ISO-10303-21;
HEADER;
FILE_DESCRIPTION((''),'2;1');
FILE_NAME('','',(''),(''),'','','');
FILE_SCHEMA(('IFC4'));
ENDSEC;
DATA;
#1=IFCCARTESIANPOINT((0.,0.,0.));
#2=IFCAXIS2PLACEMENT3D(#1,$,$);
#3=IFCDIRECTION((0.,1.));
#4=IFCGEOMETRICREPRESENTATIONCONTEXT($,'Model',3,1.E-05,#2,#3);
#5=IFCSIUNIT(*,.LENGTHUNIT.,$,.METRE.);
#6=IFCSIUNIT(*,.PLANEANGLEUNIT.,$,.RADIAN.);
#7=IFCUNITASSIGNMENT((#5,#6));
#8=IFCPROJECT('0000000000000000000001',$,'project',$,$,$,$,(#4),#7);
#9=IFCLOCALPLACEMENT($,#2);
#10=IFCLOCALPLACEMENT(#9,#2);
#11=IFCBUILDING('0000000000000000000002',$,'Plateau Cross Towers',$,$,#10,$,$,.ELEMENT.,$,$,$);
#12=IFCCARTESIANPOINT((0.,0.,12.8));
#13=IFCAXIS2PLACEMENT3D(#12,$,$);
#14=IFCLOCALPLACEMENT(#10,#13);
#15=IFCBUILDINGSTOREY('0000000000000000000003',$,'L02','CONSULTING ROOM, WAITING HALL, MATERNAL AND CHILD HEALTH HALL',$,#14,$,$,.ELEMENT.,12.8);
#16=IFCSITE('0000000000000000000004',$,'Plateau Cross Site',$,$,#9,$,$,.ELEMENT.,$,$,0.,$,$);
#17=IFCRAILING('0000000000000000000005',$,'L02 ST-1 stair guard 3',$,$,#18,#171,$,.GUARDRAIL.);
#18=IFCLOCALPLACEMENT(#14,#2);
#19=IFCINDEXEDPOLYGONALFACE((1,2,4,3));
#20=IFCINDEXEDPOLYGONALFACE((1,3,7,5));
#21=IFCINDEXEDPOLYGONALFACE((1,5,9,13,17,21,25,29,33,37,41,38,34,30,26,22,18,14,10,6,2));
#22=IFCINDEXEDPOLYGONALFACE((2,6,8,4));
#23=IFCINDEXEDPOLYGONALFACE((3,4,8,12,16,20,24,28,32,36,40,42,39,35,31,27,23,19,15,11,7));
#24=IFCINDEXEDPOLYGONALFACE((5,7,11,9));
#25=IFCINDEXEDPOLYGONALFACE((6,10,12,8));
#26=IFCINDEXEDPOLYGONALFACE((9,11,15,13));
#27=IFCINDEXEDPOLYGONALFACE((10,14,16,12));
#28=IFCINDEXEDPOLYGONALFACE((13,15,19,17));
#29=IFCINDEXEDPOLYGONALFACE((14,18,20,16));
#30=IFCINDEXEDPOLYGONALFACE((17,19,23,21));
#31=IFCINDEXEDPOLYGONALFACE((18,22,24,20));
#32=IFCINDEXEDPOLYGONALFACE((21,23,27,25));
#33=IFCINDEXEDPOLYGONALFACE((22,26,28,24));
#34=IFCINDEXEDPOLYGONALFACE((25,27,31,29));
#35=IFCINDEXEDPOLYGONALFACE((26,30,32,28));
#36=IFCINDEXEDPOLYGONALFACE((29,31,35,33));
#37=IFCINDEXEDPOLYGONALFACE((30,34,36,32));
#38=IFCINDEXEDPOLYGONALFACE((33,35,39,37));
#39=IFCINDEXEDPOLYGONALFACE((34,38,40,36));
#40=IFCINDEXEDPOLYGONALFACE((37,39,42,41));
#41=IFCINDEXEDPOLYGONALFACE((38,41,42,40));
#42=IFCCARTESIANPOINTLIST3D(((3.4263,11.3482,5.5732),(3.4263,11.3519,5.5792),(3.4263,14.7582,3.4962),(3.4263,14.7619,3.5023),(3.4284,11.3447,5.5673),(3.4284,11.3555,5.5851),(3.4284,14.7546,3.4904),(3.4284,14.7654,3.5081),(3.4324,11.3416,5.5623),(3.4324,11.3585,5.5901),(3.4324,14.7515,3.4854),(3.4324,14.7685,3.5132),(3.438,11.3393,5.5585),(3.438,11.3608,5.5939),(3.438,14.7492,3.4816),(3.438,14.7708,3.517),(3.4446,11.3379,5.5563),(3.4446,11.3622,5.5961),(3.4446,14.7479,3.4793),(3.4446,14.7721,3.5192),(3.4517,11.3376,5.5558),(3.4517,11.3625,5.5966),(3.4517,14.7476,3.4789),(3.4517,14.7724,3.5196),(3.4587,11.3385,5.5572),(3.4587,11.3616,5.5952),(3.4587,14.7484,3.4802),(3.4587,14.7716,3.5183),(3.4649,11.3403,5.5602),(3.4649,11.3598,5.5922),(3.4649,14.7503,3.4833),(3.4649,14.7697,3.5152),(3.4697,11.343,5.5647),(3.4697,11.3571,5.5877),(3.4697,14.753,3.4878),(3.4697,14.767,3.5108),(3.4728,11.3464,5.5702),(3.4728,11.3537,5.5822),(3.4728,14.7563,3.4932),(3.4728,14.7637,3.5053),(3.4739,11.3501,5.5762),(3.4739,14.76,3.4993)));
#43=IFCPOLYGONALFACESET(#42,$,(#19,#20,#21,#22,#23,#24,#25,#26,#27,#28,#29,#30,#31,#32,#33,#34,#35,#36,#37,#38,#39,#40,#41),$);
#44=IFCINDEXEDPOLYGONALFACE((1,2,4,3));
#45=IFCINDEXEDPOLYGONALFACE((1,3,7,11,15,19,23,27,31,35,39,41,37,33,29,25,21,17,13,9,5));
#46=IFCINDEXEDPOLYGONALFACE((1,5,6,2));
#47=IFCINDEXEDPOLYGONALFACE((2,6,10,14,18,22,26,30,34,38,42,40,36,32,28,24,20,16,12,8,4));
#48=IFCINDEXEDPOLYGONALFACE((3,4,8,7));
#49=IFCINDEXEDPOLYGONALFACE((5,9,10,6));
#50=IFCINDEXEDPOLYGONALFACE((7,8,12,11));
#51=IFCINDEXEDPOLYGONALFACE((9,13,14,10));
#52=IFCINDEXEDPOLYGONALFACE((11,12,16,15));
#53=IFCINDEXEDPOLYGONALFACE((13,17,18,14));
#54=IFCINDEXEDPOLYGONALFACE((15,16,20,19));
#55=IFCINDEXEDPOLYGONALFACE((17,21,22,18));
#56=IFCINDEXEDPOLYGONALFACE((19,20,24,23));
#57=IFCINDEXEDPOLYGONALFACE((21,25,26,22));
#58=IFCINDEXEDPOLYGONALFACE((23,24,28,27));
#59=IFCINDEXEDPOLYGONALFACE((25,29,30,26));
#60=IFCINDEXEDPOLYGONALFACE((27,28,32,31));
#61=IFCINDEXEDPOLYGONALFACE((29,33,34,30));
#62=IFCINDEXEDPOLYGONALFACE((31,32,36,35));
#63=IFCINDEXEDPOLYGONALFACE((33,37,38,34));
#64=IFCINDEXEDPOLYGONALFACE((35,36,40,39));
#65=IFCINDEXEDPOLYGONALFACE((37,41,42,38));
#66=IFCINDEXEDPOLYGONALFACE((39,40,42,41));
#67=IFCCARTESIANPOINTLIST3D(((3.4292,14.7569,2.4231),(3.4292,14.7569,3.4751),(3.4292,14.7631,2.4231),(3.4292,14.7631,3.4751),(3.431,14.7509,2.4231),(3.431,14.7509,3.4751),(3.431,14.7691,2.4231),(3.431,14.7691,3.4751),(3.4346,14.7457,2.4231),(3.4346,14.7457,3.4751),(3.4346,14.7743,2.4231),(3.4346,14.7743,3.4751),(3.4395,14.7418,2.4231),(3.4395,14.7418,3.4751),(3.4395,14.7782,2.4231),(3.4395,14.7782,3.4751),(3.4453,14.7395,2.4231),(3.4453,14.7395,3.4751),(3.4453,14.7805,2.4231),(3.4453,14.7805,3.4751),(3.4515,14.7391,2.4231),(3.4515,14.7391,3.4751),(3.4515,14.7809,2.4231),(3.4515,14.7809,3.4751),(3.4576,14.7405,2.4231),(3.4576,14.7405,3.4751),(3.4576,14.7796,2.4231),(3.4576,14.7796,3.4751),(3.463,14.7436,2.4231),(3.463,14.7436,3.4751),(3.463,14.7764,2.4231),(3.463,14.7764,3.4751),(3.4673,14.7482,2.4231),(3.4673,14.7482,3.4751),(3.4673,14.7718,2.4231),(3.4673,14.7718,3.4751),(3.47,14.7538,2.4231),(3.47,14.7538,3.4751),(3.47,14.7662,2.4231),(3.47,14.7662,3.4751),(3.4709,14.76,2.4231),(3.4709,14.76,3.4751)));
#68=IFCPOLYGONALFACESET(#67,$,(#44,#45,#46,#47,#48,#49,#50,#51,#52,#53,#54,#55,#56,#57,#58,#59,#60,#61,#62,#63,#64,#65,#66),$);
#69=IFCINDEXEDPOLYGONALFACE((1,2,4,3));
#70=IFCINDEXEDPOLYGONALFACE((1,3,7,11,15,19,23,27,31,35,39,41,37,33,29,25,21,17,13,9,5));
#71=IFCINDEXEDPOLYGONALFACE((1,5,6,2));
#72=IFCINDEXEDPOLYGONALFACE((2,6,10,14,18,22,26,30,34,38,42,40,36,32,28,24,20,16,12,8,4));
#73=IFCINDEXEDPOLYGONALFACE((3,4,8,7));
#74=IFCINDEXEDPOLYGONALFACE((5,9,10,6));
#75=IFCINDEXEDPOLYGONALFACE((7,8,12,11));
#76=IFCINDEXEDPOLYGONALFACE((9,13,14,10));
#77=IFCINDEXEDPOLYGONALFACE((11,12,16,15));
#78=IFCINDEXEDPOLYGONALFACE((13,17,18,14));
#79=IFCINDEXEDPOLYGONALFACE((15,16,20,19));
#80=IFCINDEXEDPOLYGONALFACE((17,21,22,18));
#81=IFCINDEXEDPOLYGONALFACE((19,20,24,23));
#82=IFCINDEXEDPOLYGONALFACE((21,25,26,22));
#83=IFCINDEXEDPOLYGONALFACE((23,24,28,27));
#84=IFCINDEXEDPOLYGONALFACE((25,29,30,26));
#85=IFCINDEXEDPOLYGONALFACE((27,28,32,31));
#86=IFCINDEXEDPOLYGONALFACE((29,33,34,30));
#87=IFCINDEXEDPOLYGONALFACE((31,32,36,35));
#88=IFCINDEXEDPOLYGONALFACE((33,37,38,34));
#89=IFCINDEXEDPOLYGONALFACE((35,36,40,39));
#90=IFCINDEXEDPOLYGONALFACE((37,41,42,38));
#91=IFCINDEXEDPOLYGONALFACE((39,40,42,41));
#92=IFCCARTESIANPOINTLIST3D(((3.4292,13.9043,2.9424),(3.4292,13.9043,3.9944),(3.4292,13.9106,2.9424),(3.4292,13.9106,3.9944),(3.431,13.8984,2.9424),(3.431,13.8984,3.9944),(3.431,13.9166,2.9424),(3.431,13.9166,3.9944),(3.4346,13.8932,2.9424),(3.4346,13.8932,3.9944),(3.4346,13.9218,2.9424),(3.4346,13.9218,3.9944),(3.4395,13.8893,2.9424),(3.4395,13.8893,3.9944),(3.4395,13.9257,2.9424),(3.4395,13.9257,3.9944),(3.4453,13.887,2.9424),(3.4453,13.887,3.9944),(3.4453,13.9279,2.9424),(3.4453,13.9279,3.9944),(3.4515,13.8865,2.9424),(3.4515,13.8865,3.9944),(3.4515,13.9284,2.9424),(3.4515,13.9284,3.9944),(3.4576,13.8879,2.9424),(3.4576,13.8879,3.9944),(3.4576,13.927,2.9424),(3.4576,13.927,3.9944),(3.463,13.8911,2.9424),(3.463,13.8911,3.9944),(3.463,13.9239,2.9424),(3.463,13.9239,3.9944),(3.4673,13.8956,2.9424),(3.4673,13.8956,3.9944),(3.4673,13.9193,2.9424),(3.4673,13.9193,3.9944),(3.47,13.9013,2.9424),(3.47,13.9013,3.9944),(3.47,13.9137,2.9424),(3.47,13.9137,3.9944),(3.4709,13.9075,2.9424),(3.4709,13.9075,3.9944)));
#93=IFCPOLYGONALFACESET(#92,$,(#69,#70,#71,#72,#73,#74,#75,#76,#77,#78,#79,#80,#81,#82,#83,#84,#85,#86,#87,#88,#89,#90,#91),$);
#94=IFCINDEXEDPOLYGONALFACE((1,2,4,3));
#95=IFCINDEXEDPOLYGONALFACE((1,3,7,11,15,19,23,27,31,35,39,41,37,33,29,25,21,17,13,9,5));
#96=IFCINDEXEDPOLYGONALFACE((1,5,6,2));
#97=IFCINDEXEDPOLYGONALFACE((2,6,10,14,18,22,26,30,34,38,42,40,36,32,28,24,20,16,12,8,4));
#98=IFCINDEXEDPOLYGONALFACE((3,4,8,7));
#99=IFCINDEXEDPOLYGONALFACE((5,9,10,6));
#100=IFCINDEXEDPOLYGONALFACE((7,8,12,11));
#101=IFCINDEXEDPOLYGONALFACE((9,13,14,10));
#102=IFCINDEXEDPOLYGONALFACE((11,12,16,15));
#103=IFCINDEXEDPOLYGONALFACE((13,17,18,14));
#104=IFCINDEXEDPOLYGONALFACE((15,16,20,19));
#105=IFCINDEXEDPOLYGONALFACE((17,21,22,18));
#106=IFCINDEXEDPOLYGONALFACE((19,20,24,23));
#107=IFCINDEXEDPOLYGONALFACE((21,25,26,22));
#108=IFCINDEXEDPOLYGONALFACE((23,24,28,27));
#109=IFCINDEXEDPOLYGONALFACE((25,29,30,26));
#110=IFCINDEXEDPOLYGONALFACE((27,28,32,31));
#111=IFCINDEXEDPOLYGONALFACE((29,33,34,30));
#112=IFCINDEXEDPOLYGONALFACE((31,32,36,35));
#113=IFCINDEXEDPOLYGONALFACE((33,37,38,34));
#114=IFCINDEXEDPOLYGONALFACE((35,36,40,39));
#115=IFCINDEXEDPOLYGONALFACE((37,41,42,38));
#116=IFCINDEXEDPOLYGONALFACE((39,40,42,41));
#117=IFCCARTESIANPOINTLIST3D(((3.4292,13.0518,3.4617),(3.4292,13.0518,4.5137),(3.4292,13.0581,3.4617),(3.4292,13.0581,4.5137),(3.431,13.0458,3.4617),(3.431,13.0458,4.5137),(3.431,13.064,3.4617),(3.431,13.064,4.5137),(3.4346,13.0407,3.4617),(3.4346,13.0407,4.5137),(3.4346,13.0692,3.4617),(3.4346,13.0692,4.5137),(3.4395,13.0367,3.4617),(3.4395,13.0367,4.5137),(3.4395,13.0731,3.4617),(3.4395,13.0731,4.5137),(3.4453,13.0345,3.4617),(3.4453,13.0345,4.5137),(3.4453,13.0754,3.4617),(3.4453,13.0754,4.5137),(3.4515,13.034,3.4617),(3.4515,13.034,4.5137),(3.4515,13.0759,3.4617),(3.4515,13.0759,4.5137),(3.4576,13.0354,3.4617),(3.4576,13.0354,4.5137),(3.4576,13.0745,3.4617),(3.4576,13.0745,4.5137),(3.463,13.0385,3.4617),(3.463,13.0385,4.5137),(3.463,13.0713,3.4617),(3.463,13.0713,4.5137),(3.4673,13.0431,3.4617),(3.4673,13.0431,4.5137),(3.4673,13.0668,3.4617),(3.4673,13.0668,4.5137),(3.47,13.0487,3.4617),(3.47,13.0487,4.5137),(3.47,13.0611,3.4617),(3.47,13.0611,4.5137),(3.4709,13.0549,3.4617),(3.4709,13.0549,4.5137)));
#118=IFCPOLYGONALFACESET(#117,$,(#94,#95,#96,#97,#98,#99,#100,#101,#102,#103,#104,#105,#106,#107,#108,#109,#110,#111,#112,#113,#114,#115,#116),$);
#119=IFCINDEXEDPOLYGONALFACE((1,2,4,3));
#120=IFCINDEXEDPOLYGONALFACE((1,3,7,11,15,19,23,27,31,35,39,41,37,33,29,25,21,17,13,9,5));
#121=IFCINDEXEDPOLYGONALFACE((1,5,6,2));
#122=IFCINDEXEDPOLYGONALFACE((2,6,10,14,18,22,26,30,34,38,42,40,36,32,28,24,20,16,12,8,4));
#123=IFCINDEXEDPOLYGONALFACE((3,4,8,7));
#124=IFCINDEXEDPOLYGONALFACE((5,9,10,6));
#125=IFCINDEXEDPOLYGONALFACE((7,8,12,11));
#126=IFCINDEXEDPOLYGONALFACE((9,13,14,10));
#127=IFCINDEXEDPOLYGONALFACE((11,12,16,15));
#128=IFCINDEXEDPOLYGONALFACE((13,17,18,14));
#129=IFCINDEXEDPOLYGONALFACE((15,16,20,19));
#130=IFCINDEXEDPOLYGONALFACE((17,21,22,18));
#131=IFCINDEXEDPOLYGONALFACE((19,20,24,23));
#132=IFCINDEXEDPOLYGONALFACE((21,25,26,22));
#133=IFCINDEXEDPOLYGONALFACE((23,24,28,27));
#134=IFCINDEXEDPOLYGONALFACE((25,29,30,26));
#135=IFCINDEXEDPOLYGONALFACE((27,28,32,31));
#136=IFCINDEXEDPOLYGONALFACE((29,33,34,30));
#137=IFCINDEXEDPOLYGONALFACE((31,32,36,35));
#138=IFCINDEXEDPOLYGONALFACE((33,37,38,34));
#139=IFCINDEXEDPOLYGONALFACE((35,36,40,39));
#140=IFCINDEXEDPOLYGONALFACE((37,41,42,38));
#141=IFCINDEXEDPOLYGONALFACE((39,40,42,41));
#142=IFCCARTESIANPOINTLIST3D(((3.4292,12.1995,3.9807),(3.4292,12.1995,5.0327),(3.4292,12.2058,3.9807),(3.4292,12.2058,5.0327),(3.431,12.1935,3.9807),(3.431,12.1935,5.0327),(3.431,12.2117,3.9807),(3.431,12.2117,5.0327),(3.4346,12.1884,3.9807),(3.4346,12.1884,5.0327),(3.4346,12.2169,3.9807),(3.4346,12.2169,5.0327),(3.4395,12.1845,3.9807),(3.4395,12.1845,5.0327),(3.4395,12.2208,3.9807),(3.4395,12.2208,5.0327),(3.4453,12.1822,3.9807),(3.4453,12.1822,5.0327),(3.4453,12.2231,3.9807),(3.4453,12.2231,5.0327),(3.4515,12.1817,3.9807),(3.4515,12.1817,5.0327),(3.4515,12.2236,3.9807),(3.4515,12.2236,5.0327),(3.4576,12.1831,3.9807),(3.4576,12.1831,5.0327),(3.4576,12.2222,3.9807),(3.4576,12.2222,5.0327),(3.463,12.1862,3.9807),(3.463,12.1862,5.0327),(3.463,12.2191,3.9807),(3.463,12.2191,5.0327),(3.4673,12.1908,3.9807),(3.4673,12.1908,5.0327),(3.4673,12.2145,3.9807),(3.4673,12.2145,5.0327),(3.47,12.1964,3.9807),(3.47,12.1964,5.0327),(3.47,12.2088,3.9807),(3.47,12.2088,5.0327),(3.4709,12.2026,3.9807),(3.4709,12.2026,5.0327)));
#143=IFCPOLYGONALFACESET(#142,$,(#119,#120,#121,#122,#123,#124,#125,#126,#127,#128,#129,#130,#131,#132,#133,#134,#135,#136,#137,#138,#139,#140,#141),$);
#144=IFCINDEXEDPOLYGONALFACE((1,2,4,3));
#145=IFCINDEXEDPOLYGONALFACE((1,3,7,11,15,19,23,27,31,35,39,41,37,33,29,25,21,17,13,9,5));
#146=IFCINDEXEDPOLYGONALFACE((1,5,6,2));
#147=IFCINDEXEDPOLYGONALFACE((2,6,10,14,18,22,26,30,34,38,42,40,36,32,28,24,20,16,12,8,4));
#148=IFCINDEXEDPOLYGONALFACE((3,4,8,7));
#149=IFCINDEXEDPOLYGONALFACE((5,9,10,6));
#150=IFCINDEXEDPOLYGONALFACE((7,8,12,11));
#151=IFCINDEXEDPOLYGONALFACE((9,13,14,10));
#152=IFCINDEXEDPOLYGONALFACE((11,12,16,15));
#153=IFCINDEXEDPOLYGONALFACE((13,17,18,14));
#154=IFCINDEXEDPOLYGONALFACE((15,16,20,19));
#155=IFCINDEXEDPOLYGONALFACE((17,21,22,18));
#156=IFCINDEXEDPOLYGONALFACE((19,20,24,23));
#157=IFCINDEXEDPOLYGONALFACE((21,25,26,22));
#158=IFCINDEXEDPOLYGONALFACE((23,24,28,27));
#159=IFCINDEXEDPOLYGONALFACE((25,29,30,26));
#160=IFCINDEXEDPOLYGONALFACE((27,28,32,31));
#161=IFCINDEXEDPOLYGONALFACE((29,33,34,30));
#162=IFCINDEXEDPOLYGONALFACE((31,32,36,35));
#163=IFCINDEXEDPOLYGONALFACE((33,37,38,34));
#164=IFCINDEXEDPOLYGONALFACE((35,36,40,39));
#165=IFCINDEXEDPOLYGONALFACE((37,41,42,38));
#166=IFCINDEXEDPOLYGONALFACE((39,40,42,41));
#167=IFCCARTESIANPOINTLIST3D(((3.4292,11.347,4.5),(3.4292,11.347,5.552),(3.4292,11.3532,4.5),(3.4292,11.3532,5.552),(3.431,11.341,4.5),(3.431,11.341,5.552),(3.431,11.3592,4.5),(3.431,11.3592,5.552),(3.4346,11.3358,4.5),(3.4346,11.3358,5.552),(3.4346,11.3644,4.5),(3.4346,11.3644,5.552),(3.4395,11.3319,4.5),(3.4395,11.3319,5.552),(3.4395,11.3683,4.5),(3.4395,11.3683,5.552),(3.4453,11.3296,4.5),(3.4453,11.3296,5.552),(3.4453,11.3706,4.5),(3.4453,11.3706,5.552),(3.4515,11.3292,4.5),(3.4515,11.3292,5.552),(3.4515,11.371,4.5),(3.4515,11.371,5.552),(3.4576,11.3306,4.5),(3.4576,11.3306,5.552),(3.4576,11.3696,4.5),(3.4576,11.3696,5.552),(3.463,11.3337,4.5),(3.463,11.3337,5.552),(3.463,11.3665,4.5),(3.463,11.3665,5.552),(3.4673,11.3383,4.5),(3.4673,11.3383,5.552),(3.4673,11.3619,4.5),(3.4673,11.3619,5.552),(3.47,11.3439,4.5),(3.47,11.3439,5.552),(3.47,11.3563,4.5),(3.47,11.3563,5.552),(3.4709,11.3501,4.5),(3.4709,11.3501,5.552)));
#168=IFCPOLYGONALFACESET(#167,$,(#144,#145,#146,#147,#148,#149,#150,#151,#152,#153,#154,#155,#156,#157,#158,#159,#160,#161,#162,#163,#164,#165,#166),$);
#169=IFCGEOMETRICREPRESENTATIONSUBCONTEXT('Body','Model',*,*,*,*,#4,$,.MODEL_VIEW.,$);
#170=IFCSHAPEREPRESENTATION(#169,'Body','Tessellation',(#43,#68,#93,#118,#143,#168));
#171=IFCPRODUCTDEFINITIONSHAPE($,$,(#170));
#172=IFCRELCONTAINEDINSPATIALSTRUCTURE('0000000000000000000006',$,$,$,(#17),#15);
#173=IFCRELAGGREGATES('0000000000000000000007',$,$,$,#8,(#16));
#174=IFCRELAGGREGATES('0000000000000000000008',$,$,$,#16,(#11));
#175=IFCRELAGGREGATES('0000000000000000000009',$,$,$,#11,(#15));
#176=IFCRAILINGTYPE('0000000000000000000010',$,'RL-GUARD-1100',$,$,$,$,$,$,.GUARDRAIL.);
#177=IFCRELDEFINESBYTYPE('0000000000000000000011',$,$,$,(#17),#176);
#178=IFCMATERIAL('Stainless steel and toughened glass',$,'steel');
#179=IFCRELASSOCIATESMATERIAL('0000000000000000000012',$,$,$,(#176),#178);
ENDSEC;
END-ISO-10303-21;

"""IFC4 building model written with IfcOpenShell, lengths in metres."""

from ifc_helpers import new_model, si_unit, direction, frame, origin, origin_2d, place, context, subcontext, project, spatial, circle, extrude, material, type_object, element, save


model = new_model("IFC4")

# Units and contexts
model_context = context("Model", 3, precision=1e-05, world=origin(), true_north=direction((0.0, 1.0)))
body_context = subcontext(model_context, "Body", "Model", "MODEL_VIEW")
ifc_project = project(units=[si_unit("LENGTHUNIT", "METRE"), si_unit("PLANEANGLEUNIT", "RADIAN")], contexts=[model_context])

# Site, building, storey
site_placement = place(None, origin())
site = spatial("IfcSite", under=ifc_project, at=site_placement, Name="Plateau Cross Site", CompositionType="ELEMENT", RefElevation=0.0)
building_placement = place(site_placement, origin())
building = spatial("IfcBuilding", under=site, at=building_placement, Name="Plateau Cross Towers", CompositionType="ELEMENT")
storey_placement = place(building_placement, frame((0.0, 0.0, 12.8)))
storey = spatial("IfcBuildingStorey", under=building, at=storey_placement, Name="L02", Description="CONSULTING ROOM, WAITING HALL, MATERNAL AND CHILD HEALTH HALL", CompositionType="ELEMENT", Elevation=12.8)

# Railing
ifc_material_1 = material(Name="Stainless steel and toughened glass", Category="steel")
railing_type_1 = type_object("IfcRailingType", Name="RL-GUARD-1100", PredefinedType="GUARDRAIL", material=ifc_material_1)
railing_1_placement = place(storey_placement, frame((3.45, 14.76, 2.4231)))
element("IfcRailing", 1, at=railing_1_placement, inside=storey, type_object=railing_type_1, Name="L02 ST-1 stair guard 3", PredefinedType="GUARDRAIL", context=body_context, shape_type="SweptSolid", body=[
    extrude(circle(Radius=0.0239, at=origin_2d()), frame((0.0, 0.0, 1.0762), z_axis=(0.0, -0.854053, 0.520186), x_axis=(1.0, 0.0, 0.0)), (0.0, 0.0, 1.0), 3.9927),
    extrude(circle(Radius=0.021, at=origin_2d()), origin(), (0.0, 0.0, 1.0), 1.052),
    extrude(circle(Radius=0.021, at=origin_2d()), frame((0.0, -0.8525, 0.5193)), (0.0, 0.0, 1.0), 1.052),
    extrude(circle(Radius=0.021, at=origin_2d()), frame((0.0, -1.7051, 1.0386)), (0.0, 0.0, 1.0), 1.052),
    extrude(circle(Radius=0.021, at=origin_2d()), frame((0.0, -2.5574, 1.5576)), (0.0, 0.0, 1.0), 1.052),
    extrude(circle(Radius=0.021, at=origin_2d()), frame((0.0, -3.4099, 2.0769)), (0.0, 0.0, 1.0), 1.052),
])

save(model, "model.ifc")
